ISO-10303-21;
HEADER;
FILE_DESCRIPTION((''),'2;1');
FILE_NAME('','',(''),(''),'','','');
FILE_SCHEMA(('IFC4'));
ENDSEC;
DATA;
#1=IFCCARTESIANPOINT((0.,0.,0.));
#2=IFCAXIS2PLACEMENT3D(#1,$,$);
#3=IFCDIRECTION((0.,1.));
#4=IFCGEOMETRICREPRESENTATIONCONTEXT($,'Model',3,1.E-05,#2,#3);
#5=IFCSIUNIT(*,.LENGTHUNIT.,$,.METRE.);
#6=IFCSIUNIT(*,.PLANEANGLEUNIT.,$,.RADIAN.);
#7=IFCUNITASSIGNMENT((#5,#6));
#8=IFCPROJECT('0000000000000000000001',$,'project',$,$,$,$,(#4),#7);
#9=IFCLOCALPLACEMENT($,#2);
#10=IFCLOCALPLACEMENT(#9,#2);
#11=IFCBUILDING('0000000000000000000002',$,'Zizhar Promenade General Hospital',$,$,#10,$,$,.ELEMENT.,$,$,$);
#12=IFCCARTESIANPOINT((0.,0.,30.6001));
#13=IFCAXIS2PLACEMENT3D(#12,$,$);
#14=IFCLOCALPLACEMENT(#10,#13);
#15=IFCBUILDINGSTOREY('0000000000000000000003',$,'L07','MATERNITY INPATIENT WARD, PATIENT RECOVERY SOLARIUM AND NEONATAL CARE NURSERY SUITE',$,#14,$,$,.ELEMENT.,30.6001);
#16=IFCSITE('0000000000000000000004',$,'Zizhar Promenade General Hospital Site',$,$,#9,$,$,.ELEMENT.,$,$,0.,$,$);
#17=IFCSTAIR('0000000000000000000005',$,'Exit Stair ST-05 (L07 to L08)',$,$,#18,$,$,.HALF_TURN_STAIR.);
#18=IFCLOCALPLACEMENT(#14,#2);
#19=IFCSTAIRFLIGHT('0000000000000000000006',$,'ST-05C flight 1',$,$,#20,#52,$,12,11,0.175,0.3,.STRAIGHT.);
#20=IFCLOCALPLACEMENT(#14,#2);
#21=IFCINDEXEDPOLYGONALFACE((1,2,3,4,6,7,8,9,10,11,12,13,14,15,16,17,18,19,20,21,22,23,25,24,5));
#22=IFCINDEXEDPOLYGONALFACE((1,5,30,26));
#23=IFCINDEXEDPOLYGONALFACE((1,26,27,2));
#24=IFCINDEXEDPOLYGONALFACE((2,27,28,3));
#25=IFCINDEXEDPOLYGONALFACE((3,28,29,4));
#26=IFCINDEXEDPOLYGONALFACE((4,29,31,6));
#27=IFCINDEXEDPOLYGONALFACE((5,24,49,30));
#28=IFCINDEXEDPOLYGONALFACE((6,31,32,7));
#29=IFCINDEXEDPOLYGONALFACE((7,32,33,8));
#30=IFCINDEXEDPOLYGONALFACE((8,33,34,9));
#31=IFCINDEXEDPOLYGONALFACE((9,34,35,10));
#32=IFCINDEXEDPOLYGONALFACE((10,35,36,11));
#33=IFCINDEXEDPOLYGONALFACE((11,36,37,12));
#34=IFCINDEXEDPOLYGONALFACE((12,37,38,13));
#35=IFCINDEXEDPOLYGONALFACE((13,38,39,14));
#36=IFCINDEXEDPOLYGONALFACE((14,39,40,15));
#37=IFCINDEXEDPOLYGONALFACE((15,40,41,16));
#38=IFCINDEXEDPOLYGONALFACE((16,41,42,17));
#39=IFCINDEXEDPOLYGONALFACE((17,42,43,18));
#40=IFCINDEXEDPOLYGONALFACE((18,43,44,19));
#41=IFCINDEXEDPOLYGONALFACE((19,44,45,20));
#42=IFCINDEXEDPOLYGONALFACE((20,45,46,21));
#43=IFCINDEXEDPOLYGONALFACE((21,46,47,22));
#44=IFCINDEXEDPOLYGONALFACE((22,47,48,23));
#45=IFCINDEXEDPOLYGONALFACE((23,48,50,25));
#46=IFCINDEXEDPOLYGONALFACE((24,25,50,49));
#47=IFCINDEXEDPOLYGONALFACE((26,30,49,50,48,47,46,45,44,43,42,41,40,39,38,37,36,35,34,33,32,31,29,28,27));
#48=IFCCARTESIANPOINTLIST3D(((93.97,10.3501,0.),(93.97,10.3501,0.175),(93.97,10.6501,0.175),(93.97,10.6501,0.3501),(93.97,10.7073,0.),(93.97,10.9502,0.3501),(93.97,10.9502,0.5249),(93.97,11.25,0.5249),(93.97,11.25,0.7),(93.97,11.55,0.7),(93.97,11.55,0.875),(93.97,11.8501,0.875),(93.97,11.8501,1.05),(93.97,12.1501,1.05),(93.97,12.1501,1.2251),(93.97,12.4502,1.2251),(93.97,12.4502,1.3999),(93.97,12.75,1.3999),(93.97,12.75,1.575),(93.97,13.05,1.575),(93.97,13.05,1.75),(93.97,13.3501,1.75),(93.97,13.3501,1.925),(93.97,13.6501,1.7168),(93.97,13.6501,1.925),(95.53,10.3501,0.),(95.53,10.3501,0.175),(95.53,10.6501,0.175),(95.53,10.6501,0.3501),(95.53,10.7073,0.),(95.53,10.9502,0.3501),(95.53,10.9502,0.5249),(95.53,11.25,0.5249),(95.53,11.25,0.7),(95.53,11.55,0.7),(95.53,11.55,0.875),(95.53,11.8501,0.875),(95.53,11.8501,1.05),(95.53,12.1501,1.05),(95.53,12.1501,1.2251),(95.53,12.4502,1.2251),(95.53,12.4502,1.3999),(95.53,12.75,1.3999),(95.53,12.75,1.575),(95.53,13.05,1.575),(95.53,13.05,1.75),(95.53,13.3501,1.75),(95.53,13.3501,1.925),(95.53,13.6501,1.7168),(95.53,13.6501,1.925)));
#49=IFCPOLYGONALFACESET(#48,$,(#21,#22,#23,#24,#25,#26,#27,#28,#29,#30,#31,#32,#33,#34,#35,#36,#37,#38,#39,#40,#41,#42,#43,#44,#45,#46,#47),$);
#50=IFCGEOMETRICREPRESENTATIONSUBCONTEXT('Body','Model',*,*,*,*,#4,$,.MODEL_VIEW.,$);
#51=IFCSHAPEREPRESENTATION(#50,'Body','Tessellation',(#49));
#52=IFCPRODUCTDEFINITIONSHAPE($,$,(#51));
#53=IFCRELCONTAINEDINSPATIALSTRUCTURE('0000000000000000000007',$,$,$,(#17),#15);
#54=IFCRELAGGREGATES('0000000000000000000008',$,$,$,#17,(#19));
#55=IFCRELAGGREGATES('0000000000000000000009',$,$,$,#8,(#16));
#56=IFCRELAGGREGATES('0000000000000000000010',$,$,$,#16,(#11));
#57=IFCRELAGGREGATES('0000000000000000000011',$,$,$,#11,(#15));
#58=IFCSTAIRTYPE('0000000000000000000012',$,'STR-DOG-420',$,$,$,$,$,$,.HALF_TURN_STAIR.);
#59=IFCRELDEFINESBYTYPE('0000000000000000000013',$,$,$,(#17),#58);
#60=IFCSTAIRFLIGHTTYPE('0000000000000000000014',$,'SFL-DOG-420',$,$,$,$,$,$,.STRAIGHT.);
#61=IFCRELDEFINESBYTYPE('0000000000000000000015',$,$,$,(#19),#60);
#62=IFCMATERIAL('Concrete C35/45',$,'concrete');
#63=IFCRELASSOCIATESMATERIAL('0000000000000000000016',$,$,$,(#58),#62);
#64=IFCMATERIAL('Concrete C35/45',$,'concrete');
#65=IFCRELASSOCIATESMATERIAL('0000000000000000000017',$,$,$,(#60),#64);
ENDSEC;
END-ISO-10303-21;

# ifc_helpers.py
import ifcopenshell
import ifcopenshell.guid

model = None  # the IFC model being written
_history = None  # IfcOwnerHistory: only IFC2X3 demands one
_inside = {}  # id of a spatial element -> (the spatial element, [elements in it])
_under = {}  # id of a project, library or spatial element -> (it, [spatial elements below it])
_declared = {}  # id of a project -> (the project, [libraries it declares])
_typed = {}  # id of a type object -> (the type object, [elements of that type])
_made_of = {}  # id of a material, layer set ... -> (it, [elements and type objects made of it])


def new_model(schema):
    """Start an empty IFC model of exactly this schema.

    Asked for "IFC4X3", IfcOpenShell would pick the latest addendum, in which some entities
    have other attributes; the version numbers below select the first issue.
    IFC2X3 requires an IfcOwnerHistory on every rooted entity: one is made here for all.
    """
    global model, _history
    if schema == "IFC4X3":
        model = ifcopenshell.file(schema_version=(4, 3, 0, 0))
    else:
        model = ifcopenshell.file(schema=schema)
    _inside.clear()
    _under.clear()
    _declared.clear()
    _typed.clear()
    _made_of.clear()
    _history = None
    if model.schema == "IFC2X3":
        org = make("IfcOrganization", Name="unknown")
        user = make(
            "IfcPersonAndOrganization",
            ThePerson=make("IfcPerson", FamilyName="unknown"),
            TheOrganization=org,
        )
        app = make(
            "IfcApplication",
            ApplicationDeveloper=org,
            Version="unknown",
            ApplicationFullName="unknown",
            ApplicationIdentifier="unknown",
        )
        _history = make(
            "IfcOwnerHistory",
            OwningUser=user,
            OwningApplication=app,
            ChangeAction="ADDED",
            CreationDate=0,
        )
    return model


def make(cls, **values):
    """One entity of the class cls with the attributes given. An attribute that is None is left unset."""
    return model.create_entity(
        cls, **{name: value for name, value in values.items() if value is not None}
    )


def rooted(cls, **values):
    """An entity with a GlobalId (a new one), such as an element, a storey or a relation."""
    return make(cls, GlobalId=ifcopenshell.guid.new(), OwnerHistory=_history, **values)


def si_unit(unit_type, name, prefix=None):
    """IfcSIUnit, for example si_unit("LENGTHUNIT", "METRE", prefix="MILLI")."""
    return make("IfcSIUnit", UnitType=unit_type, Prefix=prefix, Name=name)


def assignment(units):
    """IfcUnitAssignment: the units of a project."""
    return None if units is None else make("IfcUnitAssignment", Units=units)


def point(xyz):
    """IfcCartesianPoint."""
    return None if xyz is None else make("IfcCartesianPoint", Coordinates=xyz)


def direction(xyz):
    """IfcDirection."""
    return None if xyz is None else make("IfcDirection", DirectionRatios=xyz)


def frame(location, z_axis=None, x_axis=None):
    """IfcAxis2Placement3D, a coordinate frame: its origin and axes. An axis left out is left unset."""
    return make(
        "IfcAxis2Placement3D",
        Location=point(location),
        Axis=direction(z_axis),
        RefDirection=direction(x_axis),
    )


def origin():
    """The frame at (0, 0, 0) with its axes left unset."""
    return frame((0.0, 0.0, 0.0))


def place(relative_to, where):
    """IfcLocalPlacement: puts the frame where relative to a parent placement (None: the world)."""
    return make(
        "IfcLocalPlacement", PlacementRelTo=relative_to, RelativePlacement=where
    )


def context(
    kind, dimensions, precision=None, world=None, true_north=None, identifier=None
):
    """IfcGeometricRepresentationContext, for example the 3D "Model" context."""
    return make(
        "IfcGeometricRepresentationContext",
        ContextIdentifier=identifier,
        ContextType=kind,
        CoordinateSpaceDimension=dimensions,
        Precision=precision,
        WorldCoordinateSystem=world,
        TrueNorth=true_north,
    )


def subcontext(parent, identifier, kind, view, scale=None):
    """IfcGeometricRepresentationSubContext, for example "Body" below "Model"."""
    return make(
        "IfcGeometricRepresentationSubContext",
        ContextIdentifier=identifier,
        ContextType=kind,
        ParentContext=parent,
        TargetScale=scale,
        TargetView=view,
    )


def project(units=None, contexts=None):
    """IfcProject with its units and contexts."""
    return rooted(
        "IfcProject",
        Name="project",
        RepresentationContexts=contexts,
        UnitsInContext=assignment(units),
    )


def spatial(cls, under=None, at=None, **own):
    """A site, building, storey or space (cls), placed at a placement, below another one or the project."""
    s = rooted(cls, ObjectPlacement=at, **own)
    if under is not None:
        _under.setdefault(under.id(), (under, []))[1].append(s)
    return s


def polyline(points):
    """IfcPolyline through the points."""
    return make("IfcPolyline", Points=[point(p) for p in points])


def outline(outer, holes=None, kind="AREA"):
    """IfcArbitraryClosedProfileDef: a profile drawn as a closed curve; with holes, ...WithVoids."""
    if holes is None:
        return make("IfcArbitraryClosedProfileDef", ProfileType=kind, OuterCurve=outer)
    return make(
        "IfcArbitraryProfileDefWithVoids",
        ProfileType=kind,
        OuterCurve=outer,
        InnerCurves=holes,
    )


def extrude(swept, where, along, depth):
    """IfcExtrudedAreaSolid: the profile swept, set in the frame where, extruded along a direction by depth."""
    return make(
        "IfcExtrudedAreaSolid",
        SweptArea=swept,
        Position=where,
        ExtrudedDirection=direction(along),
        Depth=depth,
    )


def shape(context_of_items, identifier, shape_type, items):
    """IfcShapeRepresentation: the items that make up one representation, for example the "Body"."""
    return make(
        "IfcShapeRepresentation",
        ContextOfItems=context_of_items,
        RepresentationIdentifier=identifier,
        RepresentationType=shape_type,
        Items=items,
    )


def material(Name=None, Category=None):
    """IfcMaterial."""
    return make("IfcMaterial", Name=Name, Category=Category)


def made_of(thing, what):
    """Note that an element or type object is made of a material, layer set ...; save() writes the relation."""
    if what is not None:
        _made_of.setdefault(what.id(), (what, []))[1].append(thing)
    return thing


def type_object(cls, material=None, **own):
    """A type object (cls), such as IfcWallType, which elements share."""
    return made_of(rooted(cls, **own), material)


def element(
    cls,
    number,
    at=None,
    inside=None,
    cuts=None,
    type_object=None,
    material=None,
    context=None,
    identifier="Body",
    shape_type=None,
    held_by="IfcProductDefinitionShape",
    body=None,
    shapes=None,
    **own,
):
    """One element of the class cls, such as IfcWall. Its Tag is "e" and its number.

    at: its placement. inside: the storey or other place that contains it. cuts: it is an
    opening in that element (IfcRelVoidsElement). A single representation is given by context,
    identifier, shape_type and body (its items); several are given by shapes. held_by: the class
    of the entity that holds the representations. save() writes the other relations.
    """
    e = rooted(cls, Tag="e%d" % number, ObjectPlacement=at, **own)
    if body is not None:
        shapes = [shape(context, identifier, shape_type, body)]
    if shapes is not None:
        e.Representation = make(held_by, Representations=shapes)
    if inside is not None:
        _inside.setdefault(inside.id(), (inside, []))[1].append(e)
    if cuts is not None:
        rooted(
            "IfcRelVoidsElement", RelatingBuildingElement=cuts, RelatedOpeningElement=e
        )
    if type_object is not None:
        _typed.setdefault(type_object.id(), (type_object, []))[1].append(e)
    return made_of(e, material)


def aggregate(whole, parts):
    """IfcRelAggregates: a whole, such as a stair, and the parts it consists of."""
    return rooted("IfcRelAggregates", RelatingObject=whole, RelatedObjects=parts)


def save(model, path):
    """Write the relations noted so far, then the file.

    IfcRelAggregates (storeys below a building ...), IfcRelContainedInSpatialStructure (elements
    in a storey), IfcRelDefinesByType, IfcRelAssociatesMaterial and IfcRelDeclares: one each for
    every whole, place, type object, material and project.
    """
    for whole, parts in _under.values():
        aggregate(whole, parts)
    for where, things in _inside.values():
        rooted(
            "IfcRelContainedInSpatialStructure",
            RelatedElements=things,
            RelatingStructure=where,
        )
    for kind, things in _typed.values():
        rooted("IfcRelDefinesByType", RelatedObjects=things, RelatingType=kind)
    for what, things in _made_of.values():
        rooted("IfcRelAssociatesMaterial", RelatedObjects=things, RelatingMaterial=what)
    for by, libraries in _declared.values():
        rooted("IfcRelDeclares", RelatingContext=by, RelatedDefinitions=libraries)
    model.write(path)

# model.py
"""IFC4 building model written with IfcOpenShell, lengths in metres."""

from ifc_helpers import new_model, si_unit, direction, frame, origin, place, context, subcontext, project, spatial, polyline, outline, extrude, material, type_object, element, aggregate, save


model = new_model("IFC4")

# Units and contexts
model_context = context("Model", 3, precision=1e-05, world=origin(), true_north=direction((0.0, 1.0)))
body_context = subcontext(model_context, "Body", "Model", "MODEL_VIEW")
ifc_project = project(units=[si_unit("LENGTHUNIT", "METRE"), si_unit("PLANEANGLEUNIT", "RADIAN")], contexts=[model_context])

# Site, building, storey
site_placement = place(None, origin())
site = spatial("IfcSite", under=ifc_project, at=site_placement, Name="Zizhar Promenade General Hospital Site", CompositionType="ELEMENT", RefElevation=0.0)
building_placement = place(site_placement, origin())
building = spatial("IfcBuilding", under=site, at=building_placement, Name="Zizhar Promenade General Hospital", CompositionType="ELEMENT")
storey_placement = place(building_placement, frame((0.0, 0.0, 30.6001)))
storey = spatial("IfcBuildingStorey", under=building, at=storey_placement, Name="L07", Description="MATERNITY INPATIENT WARD, PATIENT RECOVERY SOLARIUM AND NEONATAL CARE NURSERY SUITE", CompositionType="ELEMENT", Elevation=30.6001)

# Stair, stair flight
ifc_material_1 = material(Name="Concrete C35/45", Category="concrete")
stair_type = type_object("IfcStairType", Name="STR-DOG-420", PredefinedType="HALF_TURN_STAIR", material=ifc_material_1)
stair_placement = place(storey_placement, origin())
stair = element("IfcStair", 1, at=stair_placement, inside=storey, type_object=stair_type, Name="Exit Stair ST-05 (L07 to L08)", PredefinedType="HALF_TURN_STAIR")
ifc_material_2 = material(Name="Concrete C35/45", Category="concrete")
stair_flight_type = type_object("IfcStairFlightType", Name="SFL-DOG-420", PredefinedType="STRAIGHT", material=ifc_material_2)
stair_flight_placement = place(storey_placement, frame((94.75, 10.3501, 0.0), z_axis=(0.0, 0.0, 1.0), x_axis=(0.0, 1.0, 0.0)))
stair_flight = element("IfcStairFlight", 2, at=stair_flight_placement, type_object=stair_flight_type, Name="ST-05C flight 1", NumberOfRisers=12, NumberOfTreads=11, PredefinedType="STRAIGHT", RiserHeight=0.175, TreadLength=0.3, context=body_context, shape_type="SweptSolid", body=[
    extrude(outline(polyline([(0.0, 0.0), (0.0, 0.175), (0.3, 0.175), (0.3, 0.3501), (0.6001, 0.3501), (0.6001, 0.5249), (0.8999, 0.5249), (0.8999, 0.7), (1.2, 0.7), (1.2, 0.875), (1.5, 0.875), (1.5, 1.05), (1.8, 1.05), (1.8, 1.2251), (2.1001, 1.2251), (2.1001, 1.3999), (2.3999, 1.3999), (2.3999, 1.575), (2.7, 1.575), (2.7, 1.75), (3.0, 1.75), (3.0, 1.925), (3.3, 1.925), (3.3, 2.1001), (3.3, 1.7168), (0.3572, 0.0), (0.0, 0.0)])), frame((0.0, 0.78, 0.0), z_axis=(0.0, -1.0, 0.0), x_axis=(1.0, 0.0, 0.0)), (0.0, 0.0, 1.0), 1.5601),
])
aggregate(stair, [stair_flight])

save(model, "model.ifc")
